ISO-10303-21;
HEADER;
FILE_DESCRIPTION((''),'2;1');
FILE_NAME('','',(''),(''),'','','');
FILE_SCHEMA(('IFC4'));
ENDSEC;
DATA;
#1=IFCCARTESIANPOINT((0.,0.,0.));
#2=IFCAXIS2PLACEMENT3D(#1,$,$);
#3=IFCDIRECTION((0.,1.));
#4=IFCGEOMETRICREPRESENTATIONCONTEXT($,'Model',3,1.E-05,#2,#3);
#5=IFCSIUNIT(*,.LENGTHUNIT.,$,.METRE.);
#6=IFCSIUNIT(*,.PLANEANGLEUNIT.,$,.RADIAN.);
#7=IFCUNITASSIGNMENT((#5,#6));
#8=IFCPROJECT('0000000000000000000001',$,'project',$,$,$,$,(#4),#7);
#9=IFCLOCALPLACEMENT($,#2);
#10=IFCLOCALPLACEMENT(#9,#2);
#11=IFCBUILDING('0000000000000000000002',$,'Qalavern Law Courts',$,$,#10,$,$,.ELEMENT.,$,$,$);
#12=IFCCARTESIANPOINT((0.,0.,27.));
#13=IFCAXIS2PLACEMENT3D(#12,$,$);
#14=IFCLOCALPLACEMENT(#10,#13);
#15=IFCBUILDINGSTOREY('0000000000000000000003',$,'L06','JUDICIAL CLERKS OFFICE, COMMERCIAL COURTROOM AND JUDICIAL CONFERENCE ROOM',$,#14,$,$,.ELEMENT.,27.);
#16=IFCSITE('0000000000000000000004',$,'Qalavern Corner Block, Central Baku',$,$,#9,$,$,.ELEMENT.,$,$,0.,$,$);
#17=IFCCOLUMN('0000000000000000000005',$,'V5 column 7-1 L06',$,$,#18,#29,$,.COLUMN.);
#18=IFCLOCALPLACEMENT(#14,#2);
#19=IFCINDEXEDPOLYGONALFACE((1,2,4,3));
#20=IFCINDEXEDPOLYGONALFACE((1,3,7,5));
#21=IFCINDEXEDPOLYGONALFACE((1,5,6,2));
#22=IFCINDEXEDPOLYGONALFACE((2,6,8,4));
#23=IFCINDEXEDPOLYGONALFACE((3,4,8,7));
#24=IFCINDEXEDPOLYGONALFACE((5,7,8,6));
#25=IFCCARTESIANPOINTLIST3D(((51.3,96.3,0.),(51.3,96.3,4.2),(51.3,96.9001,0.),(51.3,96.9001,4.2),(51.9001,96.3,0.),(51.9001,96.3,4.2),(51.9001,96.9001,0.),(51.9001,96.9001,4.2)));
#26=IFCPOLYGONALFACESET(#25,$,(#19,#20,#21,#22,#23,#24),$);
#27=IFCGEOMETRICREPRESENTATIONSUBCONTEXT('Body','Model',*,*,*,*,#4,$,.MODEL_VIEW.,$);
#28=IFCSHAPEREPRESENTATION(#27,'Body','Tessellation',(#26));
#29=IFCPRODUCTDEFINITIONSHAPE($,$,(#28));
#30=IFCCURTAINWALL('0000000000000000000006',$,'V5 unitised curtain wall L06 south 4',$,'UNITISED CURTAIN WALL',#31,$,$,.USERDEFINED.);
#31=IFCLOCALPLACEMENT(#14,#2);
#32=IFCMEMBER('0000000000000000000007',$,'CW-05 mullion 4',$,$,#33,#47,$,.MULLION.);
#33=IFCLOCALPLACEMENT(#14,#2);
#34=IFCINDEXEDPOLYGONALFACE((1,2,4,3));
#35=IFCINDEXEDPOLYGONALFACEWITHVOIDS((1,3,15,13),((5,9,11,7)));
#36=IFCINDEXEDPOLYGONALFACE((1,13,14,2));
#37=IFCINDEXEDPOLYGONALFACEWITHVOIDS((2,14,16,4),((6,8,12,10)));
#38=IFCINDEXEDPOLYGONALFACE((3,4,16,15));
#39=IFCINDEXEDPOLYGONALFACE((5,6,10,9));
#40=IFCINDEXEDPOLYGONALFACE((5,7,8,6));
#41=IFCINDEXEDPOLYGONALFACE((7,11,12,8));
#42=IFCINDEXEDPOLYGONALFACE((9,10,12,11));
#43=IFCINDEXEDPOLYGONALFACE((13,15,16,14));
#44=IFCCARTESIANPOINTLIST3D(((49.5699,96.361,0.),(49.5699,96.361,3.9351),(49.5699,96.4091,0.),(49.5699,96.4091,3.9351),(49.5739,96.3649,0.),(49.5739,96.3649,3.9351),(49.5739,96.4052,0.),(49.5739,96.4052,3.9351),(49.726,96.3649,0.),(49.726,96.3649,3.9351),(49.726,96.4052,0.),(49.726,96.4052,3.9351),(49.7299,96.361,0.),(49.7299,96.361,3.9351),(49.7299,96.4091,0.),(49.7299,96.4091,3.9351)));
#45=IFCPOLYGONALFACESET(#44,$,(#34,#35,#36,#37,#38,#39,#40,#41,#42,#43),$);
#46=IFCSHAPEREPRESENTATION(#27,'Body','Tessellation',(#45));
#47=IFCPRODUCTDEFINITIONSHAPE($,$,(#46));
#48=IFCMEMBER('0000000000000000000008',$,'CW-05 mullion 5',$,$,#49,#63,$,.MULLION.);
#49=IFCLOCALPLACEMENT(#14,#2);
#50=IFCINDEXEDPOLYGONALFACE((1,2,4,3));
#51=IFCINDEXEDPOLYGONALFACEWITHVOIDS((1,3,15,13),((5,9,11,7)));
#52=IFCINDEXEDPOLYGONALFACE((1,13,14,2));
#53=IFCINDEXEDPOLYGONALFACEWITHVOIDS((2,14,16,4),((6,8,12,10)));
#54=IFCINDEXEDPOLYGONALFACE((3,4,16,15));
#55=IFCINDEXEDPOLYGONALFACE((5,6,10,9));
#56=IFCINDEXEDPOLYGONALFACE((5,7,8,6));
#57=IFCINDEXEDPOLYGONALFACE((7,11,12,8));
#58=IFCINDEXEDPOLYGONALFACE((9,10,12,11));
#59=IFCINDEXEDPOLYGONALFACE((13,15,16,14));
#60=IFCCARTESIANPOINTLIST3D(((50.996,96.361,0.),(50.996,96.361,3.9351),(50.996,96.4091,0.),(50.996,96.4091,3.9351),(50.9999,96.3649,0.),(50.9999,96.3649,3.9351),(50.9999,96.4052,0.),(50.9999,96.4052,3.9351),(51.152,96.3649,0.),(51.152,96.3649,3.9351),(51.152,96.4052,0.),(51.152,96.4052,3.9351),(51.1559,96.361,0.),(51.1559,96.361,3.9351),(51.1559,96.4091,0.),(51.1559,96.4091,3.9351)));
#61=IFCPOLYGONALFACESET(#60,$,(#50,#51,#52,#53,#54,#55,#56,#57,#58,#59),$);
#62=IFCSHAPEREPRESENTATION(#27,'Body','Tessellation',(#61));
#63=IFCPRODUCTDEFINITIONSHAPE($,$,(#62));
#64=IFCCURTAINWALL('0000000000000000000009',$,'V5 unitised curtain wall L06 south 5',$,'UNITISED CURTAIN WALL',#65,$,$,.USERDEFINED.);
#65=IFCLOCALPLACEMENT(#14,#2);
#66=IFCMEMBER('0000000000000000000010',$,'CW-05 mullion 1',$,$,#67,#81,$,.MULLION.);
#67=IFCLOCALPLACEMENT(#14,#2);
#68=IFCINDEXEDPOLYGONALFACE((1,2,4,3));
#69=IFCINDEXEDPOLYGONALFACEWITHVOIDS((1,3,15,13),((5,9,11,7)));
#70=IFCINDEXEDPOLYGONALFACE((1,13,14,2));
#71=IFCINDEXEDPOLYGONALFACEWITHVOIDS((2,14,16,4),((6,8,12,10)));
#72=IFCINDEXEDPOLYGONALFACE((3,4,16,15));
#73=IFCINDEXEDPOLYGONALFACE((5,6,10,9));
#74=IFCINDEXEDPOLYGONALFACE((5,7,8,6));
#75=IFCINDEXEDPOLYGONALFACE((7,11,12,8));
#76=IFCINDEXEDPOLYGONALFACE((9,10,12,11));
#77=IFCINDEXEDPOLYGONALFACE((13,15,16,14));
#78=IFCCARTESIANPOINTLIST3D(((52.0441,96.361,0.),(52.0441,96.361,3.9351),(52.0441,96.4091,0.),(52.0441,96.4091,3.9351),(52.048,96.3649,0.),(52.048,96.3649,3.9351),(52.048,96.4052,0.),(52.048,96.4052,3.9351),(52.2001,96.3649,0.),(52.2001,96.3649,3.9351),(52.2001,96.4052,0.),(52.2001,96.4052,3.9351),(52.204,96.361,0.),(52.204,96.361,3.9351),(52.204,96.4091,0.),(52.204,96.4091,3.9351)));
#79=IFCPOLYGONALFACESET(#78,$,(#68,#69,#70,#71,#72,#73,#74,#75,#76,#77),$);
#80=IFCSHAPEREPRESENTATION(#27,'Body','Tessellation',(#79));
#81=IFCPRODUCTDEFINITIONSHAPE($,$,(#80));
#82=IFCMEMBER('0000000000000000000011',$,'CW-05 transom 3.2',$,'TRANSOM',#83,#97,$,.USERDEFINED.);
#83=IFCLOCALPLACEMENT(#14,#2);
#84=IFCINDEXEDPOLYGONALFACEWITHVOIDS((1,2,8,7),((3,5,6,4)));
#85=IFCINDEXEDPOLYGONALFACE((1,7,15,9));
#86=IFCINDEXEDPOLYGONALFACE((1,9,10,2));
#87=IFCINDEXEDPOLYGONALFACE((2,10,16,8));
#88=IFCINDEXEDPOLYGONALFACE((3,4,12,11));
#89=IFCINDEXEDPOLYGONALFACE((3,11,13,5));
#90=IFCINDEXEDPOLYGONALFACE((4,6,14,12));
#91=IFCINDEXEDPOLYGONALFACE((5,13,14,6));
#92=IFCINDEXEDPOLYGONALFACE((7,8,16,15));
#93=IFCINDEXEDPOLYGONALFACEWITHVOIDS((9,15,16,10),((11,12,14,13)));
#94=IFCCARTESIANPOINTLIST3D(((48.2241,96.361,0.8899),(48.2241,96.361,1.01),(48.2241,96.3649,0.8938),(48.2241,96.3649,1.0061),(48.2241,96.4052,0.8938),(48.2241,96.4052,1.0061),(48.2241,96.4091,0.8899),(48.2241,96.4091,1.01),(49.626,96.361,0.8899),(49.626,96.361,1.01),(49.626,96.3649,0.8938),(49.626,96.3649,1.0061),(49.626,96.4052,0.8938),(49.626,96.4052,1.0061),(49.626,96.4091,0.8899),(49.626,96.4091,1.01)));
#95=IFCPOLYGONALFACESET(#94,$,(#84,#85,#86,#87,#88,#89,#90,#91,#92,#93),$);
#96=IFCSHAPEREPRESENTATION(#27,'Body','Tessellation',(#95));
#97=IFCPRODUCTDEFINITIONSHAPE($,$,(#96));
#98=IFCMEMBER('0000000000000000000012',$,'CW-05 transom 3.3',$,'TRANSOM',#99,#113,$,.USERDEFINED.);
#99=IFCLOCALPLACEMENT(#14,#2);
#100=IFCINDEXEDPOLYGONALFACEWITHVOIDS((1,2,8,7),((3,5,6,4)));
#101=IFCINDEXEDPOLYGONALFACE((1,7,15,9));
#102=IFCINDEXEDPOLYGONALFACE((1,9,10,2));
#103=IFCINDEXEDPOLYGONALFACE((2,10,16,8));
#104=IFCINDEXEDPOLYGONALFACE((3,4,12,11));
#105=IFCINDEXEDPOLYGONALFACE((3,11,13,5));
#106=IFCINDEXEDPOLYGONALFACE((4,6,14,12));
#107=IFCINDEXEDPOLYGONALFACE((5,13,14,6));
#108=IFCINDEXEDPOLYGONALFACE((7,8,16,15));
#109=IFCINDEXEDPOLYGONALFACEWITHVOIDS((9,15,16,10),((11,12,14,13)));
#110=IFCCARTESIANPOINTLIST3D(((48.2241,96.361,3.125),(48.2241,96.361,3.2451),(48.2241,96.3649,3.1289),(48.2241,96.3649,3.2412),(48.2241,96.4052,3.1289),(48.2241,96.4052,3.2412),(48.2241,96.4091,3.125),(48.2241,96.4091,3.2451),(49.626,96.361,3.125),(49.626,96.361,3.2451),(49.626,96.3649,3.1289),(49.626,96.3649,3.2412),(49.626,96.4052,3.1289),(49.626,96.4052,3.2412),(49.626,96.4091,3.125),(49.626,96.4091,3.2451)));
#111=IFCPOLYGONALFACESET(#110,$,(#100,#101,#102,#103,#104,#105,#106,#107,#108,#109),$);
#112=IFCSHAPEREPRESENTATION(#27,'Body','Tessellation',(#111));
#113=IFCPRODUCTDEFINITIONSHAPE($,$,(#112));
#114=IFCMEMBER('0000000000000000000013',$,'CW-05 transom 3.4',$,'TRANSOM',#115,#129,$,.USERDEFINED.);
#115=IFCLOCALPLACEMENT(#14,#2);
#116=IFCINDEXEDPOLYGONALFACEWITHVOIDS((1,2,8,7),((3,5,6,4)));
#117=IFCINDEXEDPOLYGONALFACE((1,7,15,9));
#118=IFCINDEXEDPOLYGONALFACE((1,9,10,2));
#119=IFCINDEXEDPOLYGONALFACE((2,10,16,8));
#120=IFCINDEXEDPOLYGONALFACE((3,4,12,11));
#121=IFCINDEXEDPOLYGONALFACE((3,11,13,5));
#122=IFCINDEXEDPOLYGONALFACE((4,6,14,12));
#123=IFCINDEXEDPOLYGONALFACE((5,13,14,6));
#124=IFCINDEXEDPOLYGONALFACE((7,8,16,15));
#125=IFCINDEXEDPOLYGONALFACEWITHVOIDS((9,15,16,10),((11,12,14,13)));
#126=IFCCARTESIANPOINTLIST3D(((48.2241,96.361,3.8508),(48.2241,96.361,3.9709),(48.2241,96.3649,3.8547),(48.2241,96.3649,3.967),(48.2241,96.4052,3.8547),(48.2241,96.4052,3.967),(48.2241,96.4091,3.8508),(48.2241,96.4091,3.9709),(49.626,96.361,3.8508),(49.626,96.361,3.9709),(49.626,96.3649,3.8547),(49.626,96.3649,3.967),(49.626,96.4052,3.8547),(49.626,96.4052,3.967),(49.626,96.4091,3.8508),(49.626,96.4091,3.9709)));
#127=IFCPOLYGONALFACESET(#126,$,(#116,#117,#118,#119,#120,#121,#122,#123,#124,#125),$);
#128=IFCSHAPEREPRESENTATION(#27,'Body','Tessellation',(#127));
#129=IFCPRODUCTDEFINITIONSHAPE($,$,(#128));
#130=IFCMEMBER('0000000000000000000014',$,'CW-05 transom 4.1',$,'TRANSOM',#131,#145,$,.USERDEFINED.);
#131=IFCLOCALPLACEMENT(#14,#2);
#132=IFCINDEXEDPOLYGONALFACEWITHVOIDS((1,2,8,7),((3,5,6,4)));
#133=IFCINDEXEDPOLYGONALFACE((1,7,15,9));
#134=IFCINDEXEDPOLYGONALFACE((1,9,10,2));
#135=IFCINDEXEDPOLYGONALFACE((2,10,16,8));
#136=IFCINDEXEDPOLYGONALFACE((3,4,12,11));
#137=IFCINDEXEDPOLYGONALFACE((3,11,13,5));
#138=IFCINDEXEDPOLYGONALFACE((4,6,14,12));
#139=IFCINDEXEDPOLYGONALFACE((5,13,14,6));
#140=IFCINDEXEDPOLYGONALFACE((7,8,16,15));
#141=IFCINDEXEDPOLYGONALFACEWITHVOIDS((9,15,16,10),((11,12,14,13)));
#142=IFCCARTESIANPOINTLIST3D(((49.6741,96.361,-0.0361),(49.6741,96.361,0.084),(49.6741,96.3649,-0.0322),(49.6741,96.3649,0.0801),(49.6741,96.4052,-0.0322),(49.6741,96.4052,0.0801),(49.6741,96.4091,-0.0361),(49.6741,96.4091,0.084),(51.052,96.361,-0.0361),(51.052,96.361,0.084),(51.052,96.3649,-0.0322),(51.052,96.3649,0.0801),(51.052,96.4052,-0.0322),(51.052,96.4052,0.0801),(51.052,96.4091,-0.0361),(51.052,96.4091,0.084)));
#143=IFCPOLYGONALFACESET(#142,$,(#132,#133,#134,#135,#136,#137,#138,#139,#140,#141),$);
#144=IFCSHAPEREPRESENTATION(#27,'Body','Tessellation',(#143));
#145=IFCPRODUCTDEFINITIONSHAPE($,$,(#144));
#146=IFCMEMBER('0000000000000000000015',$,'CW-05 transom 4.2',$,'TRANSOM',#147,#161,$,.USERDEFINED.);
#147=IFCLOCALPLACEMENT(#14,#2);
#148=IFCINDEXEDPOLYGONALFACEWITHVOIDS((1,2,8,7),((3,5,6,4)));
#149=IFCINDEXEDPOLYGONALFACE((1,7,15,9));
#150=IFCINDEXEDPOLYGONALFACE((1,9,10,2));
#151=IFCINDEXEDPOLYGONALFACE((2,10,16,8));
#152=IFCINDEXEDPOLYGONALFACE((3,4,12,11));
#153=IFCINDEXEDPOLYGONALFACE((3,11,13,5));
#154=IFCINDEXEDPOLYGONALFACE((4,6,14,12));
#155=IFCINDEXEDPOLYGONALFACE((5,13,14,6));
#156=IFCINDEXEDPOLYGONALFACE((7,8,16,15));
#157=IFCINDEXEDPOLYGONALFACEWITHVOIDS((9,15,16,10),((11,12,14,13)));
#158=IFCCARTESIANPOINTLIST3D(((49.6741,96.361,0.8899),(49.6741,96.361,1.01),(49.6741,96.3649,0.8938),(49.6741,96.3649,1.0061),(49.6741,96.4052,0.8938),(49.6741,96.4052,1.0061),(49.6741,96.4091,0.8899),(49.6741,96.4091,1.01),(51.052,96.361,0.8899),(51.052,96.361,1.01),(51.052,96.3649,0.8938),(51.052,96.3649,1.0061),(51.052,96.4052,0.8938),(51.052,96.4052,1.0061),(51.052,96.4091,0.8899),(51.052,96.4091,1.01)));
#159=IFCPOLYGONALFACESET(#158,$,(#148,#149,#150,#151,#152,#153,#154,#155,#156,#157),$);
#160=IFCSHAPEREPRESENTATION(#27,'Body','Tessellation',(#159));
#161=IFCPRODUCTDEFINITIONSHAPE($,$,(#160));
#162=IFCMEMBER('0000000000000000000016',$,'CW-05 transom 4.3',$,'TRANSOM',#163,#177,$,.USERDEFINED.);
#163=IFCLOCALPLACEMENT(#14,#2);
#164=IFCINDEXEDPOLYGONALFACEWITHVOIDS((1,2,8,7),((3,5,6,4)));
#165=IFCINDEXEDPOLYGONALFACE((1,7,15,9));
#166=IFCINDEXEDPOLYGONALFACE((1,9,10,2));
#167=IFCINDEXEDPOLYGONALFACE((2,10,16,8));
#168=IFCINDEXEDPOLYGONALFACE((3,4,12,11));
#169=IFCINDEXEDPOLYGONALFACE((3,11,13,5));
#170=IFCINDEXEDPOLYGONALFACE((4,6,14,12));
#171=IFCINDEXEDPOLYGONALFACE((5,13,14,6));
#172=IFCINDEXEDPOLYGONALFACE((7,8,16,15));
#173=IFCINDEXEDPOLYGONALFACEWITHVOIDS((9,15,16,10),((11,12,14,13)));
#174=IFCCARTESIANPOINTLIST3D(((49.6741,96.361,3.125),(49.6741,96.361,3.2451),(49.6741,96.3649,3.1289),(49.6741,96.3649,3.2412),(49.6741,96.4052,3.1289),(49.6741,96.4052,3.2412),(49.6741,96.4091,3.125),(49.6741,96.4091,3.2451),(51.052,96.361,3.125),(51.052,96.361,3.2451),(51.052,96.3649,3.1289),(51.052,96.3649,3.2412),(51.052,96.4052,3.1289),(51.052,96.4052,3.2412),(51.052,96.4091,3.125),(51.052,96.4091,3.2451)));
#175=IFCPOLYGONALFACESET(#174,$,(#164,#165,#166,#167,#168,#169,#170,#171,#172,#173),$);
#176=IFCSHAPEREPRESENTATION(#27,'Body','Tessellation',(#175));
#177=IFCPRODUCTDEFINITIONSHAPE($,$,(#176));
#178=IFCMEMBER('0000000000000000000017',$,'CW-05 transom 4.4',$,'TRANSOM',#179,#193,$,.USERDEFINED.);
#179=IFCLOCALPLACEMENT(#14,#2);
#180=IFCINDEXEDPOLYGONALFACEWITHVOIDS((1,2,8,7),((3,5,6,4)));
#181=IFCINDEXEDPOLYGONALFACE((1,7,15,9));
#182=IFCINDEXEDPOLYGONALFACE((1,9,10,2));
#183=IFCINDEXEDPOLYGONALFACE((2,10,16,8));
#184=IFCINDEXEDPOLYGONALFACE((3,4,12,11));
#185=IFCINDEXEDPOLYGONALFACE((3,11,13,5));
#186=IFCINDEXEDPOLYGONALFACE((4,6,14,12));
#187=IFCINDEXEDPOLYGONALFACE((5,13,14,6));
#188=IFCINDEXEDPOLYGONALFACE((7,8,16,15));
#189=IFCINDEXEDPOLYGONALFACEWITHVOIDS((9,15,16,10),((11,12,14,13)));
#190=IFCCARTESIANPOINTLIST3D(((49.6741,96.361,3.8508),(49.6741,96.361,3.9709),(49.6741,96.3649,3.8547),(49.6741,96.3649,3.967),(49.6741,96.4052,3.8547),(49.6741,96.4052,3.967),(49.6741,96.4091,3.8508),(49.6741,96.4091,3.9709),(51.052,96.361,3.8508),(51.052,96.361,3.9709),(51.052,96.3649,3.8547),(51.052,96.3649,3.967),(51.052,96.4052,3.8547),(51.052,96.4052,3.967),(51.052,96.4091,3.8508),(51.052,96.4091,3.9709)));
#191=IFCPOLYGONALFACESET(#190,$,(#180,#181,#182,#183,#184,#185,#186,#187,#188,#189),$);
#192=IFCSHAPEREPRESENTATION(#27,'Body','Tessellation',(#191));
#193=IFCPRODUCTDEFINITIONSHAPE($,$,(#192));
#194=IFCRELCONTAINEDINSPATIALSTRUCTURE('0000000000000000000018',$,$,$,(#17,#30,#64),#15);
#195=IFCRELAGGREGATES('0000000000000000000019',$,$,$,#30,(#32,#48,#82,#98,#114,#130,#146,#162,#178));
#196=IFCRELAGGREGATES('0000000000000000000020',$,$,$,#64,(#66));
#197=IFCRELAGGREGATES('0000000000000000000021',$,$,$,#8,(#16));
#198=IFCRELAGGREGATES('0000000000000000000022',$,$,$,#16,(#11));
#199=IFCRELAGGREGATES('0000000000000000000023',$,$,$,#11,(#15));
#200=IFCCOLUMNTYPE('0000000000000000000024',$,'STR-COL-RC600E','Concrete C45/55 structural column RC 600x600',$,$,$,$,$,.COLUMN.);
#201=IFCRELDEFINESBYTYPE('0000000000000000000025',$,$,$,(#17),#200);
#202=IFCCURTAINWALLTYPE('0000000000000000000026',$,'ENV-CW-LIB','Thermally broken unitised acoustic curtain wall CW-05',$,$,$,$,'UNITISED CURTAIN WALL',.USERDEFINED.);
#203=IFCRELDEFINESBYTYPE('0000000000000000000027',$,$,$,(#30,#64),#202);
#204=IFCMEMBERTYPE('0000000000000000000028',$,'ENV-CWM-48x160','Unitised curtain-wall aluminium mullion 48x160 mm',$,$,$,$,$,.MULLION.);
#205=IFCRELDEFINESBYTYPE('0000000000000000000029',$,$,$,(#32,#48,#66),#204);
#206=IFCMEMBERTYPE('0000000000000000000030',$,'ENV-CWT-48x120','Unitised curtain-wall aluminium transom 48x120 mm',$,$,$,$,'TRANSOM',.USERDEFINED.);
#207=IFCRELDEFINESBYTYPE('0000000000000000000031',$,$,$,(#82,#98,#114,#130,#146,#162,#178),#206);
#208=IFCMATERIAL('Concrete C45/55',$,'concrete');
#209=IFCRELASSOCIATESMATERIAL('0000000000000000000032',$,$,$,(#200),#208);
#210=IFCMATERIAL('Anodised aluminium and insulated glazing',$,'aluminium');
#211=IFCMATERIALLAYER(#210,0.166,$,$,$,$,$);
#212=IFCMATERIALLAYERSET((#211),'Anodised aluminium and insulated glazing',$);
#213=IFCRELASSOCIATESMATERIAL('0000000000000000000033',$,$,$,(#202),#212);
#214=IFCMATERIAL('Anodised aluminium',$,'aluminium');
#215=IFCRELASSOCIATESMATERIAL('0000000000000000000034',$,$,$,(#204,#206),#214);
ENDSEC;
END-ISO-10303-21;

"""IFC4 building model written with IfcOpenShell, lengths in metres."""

from ifc_helpers import new_model, si_unit, direction, frame, origin, origin_2d, place, context, subcontext, project, spatial, rectangle, hollow_rectangle, extrude, material, layer, layer_set, material_profile, profile_set, type_object, element, aggregate, save


model = new_model("IFC4")

# Units and contexts
model_context = context("Model", 3, precision=1e-05, world=origin(), true_north=direction((0.0, 1.0)))
body_context = subcontext(model_context, "Body", "Model", "MODEL_VIEW")
ifc_project = project(units=[si_unit("LENGTHUNIT", "METRE"), si_unit("PLANEANGLEUNIT", "RADIAN")], contexts=[model_context])

# Site, building, storey
site_placement = place(None, origin())
site = spatial("IfcSite", under=ifc_project, at=site_placement, Name="Qalavern Corner Block, Central Baku", CompositionType="ELEMENT", RefElevation=0.0)
building_placement = place(site_placement, origin())
building = spatial("IfcBuilding", under=site, at=building_placement, Name="Qalavern Law Courts", CompositionType="ELEMENT")
storey_placement = place(building_placement, frame((0.0, 0.0, 27.0)))
storey = spatial("IfcBuildingStorey", under=building, at=storey_placement, Name="L06", Description="JUDICIAL CLERKS OFFICE, COMMERCIAL COURTROOM AND JUDICIAL CONFERENCE ROOM", CompositionType="ELEMENT", Elevation=27.0)

# Column
ifc_material_1 = material(Name="Concrete C45/55", Category="concrete")
ifc_material_profile_1 = material_profile(ifc_material_1, rectangle(XDim=0.6001, YDim=0.6001, at=origin_2d()), Name="RC 600x600")
ifc_profile_set_1 = profile_set([ifc_material_profile_1], Name="Concrete C45/55")
column_type = type_object("IfcColumnType", Name="STR-COL-RC600E", Description="Concrete C45/55 structural column RC 600x600", PredefinedType="COLUMN", material=ifc_profile_set_1)
column_placement = place(storey_placement, frame((51.6001, 96.6001, 0.0), z_axis=(0.0, 0.0, 1.0), x_axis=(1.0, 0.0, 0.0)))
element("IfcColumn", 1, at=column_placement, inside=storey, type_object=column_type, Name="V5 column 7-1 L06", PredefinedType="COLUMN", context=body_context, shape_type="SweptSolid", body=[
    extrude(rectangle(XDim=0.6001, YDim=0.6001, at=origin_2d()), origin(), (0.0, 0.0, 1.0), 4.2),
])

# Curtain wall, members
ifc_material_2 = material(Name="Anodised aluminium and insulated glazing", Category="aluminium")
ifc_layer_1 = layer(ifc_material_2, 0.166)
ifc_layer_set_1 = layer_set([ifc_layer_1], Name="Anodised aluminium and insulated glazing")
curtain_wall_type = type_object("IfcCurtainWallType", Name="ENV-CW-LIB", Description="Thermally broken unitised acoustic curtain wall CW-05", ElementType="UNITISED CURTAIN WALL", PredefinedType="USERDEFINED", material=ifc_layer_set_1)
curtain_wall_1_placement = place(storey_placement, origin())
curtain_wall_1 = element("IfcCurtainWall", 2, at=curtain_wall_1_placement, inside=storey, type_object=curtain_wall_type, Name="V5 unitised curtain wall L06 south 4", ObjectType="UNITISED CURTAIN WALL", PredefinedType="USERDEFINED")
ifc_material_3 = material(Name="Anodised aluminium", Category="aluminium")
ifc_material_profile_2 = material_profile(ifc_material_3, hollow_rectangle(XDim=0.0481, YDim=0.1599, WallThickness=0.0039, at=origin_2d()), Name="ALU MULLION 48x160")
ifc_profile_set_2 = profile_set([ifc_material_profile_2], Name="Anodised aluminium")
member_type_1 = type_object("IfcMemberType", Name="ENV-CWM-48x160", Description="Unitised curtain-wall aluminium mullion 48x160 mm", PredefinedType="MULLION", material=ifc_profile_set_2)
member_1_placement = place(storey_placement, frame((49.6499, 96.385, 0.0), z_axis=(0.0, 0.0, 1.0), x_axis=(0.0, 1.0, 0.0)))
member_1 = element("IfcMember", 3, at=member_1_placement, type_object=member_type_1, Name="CW-05 mullion 4", PredefinedType="MULLION", context=body_context, shape_type="SweptSolid", body=[
    extrude(hollow_rectangle(XDim=0.0481, YDim=0.1599, WallThickness=0.0039, at=origin_2d()), origin(), (0.0, 0.0, 1.0), 3.9351),
])
member_2_placement = place(storey_placement, frame((51.0759, 96.385, 0.0), z_axis=(0.0, 0.0, 1.0), x_axis=(0.0, 1.0, 0.0)))
member_2 = element("IfcMember", 4, at=member_2_placement, type_object=member_type_1, Name="CW-05 mullion 5", PredefinedType="MULLION", context=body_context, shape_type="SweptSolid", body=[
    extrude(hollow_rectangle(XDim=0.0481, YDim=0.1599, WallThickness=0.0039, at=origin_2d()), origin(), (0.0, 0.0, 1.0), 3.9351),
])

# Curtain wall, member
curtain_wall_2_placement = place(storey_placement, origin())
curtain_wall_2 = element("IfcCurtainWall", 5, at=curtain_wall_2_placement, inside=storey, type_object=curtain_wall_type, Name="V5 unitised curtain wall L06 south 5", ObjectType="UNITISED CURTAIN WALL", PredefinedType="USERDEFINED")
member_3_placement = place(storey_placement, frame((52.124, 96.385, 0.0), z_axis=(0.0, 0.0, 1.0), x_axis=(0.0, 1.0, 0.0)))
member_3 = element("IfcMember", 6, at=member_3_placement, type_object=member_type_1, Name="CW-05 mullion 1", PredefinedType="MULLION", context=body_context, shape_type="SweptSolid", body=[
    extrude(hollow_rectangle(XDim=0.0481, YDim=0.1599, WallThickness=0.0039, at=origin_2d()), origin(), (0.0, 0.0, 1.0), 3.9351),
])

# Members
ifc_material_profile_3 = material_profile(ifc_material_3, hollow_rectangle(XDim=0.0481, YDim=0.1201, WallThickness=0.0039, at=origin_2d()), Name="ALU TRANSOM 48x120")
ifc_profile_set_3 = profile_set([ifc_material_profile_3], Name="Anodised aluminium")
member_type_2 = type_object("IfcMemberType", Name="ENV-CWT-48x120", Description="Unitised curtain-wall aluminium transom 48x120 mm", ElementType="TRANSOM", PredefinedType="USERDEFINED", material=ifc_profile_set_3)
member_4_placement = place(storey_placement, frame((48.2241, 96.385, 0.95), z_axis=(1.0, 0.0, 0.0), x_axis=(0.0, 1.0, 0.0)))
member_4 = element("IfcMember", 7, at=member_4_placement, type_object=member_type_2, Name="CW-05 transom 3.2", ObjectType="TRANSOM", PredefinedType="USERDEFINED", context=body_context, shape_type="SweptSolid", body=[
    extrude(hollow_rectangle(XDim=0.0481, YDim=0.1201, WallThickness=0.0039, at=origin_2d()), origin(), (0.0, 0.0, 1.0), 1.4019),
])
member_5_placement = place(storey_placement, frame((48.2241, 96.385, 3.1851), z_axis=(1.0, 0.0, 0.0), x_axis=(0.0, 1.0, 0.0)))
member_5 = element("IfcMember", 8, at=member_5_placement, type_object=member_type_2, Name="CW-05 transom 3.3", ObjectType="TRANSOM", PredefinedType="USERDEFINED", context=body_context, shape_type="SweptSolid", body=[
    extrude(hollow_rectangle(XDim=0.0481, YDim=0.1201, WallThickness=0.0039, at=origin_2d()), origin(), (0.0, 0.0, 1.0), 1.4019),
])
member_6_placement = place(storey_placement, frame((48.2241, 96.385, 3.9109), z_axis=(1.0, 0.0, 0.0), x_axis=(0.0, 1.0, 0.0)))
member_6 = element("IfcMember", 9, at=member_6_placement, type_object=member_type_2, Name="CW-05 transom 3.4", ObjectType="TRANSOM", PredefinedType="USERDEFINED", context=body_context, shape_type="SweptSolid", body=[
    extrude(hollow_rectangle(XDim=0.0481, YDim=0.1201, WallThickness=0.0039, at=origin_2d()), origin(), (0.0, 0.0, 1.0), 1.4019),
])
member_7_placement = place(storey_placement, frame((49.6741, 96.385, 0.0239), z_axis=(1.0, 0.0, 0.0), x_axis=(0.0, 1.0, 0.0)))
member_7 = element("IfcMember", 10, at=member_7_placement, type_object=member_type_2, Name="CW-05 transom 4.1", ObjectType="TRANSOM", PredefinedType="USERDEFINED", context=body_context, shape_type="SweptSolid", body=[
    extrude(hollow_rectangle(XDim=0.0481, YDim=0.1201, WallThickness=0.0039, at=origin_2d()), origin(), (0.0, 0.0, 1.0), 1.3779),
])
member_8_placement = place(storey_placement, frame((49.6741, 96.385, 0.95), z_axis=(1.0, 0.0, 0.0), x_axis=(0.0, 1.0, 0.0)))
member_8 = element("IfcMember", 11, at=member_8_placement, type_object=member_type_2, Name="CW-05 transom 4.2", ObjectType="TRANSOM", PredefinedType="USERDEFINED", context=body_context, shape_type="SweptSolid", body=[
    extrude(hollow_rectangle(XDim=0.0481, YDim=0.1201, WallThickness=0.0039, at=origin_2d()), origin(), (0.0, 0.0, 1.0), 1.3779),
])
member_9_placement = place(storey_placement, frame((49.6741, 96.385, 3.1851), z_axis=(1.0, 0.0, 0.0), x_axis=(0.0, 1.0, 0.0)))
member_9 = element("IfcMember", 12, at=member_9_placement, type_object=member_type_2, Name="CW-05 transom 4.3", ObjectType="TRANSOM", PredefinedType="USERDEFINED", context=body_context, shape_type="SweptSolid", body=[
    extrude(hollow_rectangle(XDim=0.0481, YDim=0.1201, WallThickness=0.0039, at=origin_2d()), origin(), (0.0, 0.0, 1.0), 1.3779),
])
member_10_placement = place(storey_placement, frame((49.6741, 96.385, 3.9109), z_axis=(1.0, 0.0, 0.0), x_axis=(0.0, 1.0, 0.0)))
member_10 = element("IfcMember", 13, at=member_10_placement, type_object=member_type_2, Name="CW-05 transom 4.4", ObjectType="TRANSOM", PredefinedType="USERDEFINED", context=body_context, shape_type="SweptSolid", body=[
    extrude(hollow_rectangle(XDim=0.0481, YDim=0.1201, WallThickness=0.0039, at=origin_2d()), origin(), (0.0, 0.0, 1.0), 1.3779),
])

aggregate(curtain_wall_1, [member_1, member_2, member_4, member_5, member_6, member_7, member_8, member_9, member_10])
aggregate(curtain_wall_2, [member_3])

save(model, "model.ifc")
